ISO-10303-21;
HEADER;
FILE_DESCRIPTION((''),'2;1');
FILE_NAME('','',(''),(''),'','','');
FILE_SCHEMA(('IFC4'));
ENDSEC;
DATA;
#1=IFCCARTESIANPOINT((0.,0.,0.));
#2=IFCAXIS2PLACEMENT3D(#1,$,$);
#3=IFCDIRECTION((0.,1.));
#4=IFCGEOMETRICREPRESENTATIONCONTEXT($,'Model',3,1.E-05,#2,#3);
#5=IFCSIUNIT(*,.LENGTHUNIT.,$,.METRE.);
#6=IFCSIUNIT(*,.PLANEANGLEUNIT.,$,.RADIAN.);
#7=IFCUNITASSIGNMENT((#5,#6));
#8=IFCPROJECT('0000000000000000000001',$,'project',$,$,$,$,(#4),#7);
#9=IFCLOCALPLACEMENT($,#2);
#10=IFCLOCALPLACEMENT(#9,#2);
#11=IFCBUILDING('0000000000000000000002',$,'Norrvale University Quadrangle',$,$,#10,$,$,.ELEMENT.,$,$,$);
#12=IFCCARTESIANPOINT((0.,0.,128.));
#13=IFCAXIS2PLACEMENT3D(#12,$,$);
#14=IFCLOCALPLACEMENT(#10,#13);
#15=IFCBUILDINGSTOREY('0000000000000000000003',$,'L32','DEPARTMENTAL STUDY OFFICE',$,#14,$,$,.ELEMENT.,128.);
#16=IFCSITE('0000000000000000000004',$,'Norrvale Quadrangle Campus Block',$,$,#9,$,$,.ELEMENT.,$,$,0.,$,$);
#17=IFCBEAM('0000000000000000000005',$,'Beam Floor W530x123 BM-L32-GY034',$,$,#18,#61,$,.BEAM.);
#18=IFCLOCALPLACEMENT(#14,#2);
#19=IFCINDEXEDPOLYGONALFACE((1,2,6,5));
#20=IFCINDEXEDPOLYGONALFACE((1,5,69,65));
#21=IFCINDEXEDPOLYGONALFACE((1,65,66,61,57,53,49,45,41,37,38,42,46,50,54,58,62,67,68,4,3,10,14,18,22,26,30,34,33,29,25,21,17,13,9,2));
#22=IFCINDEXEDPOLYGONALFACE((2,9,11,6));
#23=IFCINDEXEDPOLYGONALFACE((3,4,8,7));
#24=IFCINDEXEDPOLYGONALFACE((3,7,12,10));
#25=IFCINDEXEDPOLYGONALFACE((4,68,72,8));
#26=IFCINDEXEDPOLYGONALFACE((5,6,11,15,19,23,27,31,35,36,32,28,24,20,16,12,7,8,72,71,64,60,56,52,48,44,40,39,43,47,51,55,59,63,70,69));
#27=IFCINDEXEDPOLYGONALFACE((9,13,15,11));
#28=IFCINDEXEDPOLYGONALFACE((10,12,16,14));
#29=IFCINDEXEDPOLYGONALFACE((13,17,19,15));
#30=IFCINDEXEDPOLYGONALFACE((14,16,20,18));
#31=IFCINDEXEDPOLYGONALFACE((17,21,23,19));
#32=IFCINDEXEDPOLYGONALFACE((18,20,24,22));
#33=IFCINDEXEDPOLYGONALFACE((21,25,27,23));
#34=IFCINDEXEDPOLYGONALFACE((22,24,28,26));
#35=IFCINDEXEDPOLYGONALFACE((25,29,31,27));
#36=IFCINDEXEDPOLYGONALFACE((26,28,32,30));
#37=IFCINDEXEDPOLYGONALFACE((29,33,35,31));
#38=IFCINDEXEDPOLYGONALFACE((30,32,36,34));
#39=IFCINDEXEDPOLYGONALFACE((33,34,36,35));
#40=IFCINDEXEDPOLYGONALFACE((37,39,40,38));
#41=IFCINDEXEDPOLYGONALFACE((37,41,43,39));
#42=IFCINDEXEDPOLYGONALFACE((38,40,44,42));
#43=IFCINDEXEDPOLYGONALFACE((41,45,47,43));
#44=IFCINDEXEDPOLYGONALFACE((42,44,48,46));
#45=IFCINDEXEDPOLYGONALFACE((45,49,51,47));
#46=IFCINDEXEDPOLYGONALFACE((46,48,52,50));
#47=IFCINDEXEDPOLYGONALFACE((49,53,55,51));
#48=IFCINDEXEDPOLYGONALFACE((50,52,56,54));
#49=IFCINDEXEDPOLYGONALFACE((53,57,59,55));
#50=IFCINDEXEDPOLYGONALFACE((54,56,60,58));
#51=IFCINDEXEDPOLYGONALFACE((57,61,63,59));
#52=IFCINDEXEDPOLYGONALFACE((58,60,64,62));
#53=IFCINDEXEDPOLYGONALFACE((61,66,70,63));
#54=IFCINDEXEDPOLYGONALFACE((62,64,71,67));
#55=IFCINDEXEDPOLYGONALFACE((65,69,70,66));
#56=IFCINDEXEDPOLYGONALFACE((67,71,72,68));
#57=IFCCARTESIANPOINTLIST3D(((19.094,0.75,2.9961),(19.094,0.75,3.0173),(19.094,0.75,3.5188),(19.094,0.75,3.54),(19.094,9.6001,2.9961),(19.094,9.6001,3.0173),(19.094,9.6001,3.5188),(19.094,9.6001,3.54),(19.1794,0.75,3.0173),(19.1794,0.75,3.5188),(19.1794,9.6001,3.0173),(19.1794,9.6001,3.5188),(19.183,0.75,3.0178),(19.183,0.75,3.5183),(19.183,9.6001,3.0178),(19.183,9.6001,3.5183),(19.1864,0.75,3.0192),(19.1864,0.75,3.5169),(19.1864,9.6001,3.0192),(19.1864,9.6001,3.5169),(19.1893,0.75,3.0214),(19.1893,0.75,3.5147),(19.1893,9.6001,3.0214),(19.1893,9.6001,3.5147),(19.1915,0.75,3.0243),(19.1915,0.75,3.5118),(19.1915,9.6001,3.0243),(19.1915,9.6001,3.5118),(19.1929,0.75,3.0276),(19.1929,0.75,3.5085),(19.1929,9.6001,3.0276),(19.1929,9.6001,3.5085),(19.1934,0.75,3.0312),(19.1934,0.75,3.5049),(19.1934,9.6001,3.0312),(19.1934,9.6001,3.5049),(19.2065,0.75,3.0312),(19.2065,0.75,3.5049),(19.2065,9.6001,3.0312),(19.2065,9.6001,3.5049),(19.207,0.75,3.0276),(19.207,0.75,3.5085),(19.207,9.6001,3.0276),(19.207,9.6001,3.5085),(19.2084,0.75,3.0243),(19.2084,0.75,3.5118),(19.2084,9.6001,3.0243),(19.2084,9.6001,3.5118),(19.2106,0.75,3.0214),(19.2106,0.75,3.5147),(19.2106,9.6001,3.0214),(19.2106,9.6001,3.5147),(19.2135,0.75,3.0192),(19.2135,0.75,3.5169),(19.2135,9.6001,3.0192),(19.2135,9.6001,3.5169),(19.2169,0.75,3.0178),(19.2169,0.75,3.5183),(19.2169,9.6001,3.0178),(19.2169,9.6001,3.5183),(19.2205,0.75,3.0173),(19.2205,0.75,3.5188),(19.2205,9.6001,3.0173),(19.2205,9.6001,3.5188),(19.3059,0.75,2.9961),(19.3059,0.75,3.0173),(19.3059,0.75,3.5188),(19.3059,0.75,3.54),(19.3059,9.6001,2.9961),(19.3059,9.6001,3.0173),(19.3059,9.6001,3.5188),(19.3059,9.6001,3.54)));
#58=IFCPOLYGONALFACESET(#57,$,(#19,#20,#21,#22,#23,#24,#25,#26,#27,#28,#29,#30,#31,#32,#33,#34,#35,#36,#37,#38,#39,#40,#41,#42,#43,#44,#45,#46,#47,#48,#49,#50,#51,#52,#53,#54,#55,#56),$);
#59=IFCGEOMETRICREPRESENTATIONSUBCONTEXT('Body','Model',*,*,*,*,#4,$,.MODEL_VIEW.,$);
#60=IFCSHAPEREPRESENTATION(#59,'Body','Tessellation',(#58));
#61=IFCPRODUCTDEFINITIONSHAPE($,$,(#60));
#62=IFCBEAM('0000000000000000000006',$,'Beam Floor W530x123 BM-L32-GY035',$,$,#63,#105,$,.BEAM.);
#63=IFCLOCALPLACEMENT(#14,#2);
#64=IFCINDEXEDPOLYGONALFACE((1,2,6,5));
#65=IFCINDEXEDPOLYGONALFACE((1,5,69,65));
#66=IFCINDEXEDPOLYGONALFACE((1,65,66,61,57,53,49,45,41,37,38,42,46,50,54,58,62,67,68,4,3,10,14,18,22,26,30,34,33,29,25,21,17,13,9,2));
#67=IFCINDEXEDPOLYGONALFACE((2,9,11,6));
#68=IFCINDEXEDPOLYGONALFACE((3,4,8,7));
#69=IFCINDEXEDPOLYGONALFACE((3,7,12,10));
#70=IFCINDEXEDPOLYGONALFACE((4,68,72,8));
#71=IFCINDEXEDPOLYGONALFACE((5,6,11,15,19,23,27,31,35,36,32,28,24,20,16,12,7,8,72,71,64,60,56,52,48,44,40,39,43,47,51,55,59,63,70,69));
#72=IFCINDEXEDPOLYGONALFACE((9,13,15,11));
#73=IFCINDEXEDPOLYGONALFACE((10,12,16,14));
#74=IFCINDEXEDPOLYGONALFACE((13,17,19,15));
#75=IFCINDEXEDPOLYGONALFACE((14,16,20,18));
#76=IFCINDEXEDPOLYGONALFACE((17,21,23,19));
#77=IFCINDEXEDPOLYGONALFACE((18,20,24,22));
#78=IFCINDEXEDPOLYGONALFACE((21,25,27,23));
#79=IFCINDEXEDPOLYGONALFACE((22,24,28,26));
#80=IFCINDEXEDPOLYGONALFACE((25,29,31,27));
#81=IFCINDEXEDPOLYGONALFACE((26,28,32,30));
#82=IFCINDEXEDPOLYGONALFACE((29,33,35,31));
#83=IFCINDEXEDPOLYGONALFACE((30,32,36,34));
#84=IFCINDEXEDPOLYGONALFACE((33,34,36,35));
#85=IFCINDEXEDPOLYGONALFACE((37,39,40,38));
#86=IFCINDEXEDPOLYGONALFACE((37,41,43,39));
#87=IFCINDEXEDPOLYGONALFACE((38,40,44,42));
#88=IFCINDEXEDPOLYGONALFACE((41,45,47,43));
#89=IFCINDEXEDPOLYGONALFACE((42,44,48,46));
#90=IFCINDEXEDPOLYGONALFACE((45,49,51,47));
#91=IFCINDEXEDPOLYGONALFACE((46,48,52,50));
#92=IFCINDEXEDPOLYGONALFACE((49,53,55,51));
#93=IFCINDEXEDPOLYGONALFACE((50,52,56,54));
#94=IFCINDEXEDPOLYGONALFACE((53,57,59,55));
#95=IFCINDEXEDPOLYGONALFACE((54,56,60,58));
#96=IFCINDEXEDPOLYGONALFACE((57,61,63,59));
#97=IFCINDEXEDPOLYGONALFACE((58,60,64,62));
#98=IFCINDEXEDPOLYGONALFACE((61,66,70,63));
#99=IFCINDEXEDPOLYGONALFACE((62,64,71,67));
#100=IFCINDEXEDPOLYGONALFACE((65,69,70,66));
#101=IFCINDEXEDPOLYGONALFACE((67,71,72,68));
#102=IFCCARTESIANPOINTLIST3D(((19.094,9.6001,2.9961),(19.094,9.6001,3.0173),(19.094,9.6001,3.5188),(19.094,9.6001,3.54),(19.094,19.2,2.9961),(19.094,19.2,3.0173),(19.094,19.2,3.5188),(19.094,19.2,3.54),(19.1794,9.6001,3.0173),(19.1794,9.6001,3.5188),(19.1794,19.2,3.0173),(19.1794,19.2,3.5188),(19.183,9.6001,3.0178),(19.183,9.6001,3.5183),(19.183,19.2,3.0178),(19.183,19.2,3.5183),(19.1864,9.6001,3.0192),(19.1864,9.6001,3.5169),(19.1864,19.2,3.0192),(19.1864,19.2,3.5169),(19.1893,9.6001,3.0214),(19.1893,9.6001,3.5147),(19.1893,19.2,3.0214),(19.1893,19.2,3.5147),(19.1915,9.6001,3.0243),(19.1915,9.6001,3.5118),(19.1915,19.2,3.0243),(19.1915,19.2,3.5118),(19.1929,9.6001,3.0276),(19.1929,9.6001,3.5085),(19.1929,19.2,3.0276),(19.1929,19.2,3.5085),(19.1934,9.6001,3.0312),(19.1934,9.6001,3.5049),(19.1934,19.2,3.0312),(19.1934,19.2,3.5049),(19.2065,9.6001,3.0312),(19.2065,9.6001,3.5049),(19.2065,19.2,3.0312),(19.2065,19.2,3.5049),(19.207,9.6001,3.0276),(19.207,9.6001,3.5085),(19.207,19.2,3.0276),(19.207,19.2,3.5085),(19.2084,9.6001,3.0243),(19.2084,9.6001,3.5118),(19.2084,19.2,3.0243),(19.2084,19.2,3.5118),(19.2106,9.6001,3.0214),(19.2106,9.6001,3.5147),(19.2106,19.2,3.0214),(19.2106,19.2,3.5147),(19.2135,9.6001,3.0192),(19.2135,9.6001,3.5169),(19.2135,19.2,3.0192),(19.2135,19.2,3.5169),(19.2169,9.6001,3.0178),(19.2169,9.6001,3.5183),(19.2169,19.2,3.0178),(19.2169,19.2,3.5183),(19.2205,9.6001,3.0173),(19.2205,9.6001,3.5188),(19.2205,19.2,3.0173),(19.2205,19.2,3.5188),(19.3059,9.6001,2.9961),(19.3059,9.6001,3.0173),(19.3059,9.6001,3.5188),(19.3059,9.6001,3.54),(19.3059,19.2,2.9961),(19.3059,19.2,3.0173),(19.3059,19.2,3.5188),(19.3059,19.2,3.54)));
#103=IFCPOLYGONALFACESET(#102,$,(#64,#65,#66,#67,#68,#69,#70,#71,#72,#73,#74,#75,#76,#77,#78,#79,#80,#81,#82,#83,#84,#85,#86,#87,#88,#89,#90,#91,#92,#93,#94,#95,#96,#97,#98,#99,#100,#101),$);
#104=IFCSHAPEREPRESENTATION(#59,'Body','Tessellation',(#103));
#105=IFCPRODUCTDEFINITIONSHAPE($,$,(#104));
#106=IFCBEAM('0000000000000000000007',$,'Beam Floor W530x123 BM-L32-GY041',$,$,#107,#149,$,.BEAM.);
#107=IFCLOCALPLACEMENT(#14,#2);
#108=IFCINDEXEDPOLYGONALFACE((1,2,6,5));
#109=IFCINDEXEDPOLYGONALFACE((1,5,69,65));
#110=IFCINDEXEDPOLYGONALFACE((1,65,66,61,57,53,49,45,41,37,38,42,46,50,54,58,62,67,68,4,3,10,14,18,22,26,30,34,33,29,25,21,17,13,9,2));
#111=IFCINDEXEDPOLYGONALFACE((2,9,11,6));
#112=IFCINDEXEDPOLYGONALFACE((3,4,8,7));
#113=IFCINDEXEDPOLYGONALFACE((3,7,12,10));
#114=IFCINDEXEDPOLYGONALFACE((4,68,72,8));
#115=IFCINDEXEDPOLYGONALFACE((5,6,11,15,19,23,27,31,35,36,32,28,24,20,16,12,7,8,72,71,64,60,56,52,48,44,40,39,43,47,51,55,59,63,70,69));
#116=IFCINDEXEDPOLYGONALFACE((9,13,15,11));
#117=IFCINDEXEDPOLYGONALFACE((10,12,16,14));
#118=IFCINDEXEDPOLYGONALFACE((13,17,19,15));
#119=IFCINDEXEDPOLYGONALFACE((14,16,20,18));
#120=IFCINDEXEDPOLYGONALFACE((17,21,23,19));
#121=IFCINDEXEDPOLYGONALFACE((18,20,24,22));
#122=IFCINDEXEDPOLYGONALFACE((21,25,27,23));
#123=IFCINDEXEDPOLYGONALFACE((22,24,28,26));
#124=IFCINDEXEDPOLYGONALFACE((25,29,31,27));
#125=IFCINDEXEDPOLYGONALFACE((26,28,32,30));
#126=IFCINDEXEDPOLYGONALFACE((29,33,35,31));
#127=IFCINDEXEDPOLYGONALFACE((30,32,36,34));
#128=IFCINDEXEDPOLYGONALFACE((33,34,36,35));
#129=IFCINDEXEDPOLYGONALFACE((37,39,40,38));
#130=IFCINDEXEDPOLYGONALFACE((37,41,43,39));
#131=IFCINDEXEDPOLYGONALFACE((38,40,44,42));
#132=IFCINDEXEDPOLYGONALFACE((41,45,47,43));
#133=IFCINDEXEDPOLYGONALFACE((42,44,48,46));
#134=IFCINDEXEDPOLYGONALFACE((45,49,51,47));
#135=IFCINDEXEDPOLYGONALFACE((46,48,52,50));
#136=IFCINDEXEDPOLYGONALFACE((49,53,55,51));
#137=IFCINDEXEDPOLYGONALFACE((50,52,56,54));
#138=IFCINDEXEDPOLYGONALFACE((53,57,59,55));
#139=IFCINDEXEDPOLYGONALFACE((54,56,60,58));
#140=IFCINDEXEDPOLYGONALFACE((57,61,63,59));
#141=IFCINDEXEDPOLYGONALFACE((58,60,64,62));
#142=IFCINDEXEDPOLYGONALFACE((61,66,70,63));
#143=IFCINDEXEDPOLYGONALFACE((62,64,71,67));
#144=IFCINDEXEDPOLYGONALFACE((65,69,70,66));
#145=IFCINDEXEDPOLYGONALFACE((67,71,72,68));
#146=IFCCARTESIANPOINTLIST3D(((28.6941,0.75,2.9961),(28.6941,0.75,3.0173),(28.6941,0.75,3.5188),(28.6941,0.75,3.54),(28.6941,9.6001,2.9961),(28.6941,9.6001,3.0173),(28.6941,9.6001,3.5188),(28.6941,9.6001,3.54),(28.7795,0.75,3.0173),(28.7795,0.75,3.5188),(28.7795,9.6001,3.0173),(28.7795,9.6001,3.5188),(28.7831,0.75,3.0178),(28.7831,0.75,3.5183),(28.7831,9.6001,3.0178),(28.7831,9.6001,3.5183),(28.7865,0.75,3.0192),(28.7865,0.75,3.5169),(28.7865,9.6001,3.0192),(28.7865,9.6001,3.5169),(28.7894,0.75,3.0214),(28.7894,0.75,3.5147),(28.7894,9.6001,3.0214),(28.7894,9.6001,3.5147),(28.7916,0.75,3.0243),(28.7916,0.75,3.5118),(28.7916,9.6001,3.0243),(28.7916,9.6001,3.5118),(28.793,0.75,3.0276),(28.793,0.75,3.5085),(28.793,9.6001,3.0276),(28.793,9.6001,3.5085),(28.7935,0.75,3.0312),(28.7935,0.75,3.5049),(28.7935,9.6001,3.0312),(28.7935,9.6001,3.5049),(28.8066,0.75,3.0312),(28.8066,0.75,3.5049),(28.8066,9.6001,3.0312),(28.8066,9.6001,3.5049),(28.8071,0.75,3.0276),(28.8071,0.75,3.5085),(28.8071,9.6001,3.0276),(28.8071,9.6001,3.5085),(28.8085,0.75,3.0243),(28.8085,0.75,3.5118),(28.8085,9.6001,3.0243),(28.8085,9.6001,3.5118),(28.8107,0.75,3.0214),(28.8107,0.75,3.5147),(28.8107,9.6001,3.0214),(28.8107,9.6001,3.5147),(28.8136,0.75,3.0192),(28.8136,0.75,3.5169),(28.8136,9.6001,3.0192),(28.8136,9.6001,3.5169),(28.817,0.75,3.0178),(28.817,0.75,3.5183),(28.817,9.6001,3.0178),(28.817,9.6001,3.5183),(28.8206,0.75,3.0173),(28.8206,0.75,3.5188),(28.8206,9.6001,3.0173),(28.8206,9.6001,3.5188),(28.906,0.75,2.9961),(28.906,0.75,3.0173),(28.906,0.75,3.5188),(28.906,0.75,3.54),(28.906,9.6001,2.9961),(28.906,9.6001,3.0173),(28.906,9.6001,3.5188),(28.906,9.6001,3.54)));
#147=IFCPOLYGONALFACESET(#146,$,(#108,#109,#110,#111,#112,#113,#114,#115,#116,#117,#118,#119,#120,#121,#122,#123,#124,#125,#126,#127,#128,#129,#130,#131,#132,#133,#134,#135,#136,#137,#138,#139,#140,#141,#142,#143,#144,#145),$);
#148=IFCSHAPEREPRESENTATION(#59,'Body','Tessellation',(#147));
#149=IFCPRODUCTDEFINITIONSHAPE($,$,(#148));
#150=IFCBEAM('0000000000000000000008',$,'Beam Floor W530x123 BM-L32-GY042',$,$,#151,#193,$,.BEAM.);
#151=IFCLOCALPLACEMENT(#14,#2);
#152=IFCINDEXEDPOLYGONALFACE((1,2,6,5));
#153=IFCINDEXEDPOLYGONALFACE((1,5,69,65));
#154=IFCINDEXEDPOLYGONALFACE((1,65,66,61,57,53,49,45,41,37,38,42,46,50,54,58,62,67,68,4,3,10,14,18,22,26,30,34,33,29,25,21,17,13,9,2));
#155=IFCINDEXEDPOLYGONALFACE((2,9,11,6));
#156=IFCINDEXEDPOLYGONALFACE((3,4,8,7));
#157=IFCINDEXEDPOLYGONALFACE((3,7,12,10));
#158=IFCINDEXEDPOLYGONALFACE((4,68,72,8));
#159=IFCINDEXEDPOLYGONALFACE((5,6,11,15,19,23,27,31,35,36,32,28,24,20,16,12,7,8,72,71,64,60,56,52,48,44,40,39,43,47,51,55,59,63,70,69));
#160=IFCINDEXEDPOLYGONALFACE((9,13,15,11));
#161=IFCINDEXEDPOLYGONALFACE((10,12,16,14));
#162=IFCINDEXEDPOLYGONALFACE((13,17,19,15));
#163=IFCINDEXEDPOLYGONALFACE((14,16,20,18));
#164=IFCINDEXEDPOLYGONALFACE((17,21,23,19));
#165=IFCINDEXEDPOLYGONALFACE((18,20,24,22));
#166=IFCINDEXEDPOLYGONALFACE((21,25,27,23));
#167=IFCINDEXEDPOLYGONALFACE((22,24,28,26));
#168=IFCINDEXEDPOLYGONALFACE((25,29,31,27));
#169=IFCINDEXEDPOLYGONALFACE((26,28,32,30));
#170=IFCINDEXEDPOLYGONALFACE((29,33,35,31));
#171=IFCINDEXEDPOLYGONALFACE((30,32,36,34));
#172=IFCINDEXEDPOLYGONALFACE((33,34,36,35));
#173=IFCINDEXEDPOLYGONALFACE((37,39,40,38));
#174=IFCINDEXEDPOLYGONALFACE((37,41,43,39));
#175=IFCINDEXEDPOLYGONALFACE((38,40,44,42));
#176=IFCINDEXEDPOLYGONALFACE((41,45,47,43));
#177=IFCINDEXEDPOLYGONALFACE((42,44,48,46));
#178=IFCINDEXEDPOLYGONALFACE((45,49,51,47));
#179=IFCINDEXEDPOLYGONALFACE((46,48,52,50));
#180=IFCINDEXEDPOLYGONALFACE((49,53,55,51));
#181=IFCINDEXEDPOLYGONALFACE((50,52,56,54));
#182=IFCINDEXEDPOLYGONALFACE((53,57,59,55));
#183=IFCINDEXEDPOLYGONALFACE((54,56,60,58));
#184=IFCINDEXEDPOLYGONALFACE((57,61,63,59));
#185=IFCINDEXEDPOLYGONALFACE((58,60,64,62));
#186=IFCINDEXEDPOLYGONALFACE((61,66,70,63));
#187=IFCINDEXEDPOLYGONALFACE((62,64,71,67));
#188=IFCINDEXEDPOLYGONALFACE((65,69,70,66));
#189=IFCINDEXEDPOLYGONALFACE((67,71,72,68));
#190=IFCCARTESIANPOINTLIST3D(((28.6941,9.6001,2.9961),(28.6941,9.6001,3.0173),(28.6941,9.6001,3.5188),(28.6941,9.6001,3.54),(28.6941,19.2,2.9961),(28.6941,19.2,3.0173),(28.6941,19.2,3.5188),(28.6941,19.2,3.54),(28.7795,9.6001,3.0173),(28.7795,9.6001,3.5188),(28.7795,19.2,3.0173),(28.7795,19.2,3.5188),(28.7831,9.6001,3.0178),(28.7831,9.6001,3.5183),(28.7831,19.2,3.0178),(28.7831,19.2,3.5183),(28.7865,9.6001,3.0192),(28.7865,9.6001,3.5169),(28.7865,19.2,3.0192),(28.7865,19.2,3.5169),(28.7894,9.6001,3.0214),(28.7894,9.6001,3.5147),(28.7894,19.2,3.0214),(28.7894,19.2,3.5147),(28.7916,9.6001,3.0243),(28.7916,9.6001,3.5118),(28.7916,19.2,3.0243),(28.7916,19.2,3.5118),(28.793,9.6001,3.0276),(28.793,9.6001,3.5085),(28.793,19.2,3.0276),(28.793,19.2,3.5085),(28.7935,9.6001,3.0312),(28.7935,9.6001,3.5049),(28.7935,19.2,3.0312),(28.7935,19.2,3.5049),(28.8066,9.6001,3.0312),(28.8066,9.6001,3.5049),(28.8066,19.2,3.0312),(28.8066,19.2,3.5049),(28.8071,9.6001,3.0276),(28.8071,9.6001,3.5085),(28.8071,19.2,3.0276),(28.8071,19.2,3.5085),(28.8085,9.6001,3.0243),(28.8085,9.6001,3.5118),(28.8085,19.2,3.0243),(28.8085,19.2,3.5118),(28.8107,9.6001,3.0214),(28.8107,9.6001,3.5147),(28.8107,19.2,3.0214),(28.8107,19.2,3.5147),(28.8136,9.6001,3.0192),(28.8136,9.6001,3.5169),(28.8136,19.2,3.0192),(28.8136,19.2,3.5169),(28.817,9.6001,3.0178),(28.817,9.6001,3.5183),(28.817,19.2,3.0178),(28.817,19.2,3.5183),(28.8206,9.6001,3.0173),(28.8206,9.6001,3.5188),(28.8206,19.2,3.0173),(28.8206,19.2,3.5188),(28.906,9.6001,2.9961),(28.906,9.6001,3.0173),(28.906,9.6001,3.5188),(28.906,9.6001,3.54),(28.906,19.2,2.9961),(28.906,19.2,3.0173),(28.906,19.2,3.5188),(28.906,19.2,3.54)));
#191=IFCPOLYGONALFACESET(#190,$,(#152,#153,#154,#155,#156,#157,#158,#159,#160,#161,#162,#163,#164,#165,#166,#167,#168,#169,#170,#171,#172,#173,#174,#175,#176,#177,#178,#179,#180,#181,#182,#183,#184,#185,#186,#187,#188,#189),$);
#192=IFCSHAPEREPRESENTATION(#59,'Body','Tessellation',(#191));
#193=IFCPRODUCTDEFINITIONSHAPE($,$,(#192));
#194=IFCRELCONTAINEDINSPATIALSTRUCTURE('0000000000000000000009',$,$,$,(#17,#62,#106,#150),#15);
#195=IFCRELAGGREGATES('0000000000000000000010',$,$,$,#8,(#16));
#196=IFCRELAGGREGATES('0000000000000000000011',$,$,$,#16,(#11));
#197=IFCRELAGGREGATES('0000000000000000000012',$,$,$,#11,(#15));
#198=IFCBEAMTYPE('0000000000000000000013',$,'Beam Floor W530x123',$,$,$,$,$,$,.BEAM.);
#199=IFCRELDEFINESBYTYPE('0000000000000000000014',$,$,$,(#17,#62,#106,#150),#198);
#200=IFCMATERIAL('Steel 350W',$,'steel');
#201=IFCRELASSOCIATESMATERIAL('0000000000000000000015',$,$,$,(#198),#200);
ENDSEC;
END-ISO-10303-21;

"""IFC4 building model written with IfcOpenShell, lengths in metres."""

from ifc_helpers import new_model, si_unit, direction, frame, origin, origin_2d, place, context, subcontext, project, spatial, i_section, extrude, material, material_profile, profile_set, type_object, element, save


model = new_model("IFC4")

# Units and contexts
model_context = context("Model", 3, precision=1e-05, world=origin(), true_north=direction((0.0, 1.0)))
body_context = subcontext(model_context, "Body", "Model", "MODEL_VIEW")
ifc_project = project(units=[si_unit("LENGTHUNIT", "METRE"), si_unit("PLANEANGLEUNIT", "RADIAN")], contexts=[model_context])

# Site, building, storey
site_placement = place(None, origin())
site = spatial("IfcSite", under=ifc_project, at=site_placement, Name="Norrvale Quadrangle Campus Block", CompositionType="ELEMENT", RefElevation=0.0)
building_placement = place(site_placement, origin())
building = spatial("IfcBuilding", under=site, at=building_placement, Name="Norrvale University Quadrangle", CompositionType="ELEMENT")
storey_placement = place(building_placement, frame((0.0, 0.0, 128.0)))
storey = spatial("IfcBuildingStorey", under=building, at=storey_placement, Name="L32", Description="DEPARTMENTAL STUDY OFFICE", CompositionType="ELEMENT", Elevation=128.0)

# Beams
ifc_material_1 = material(Name="Steel 350W", Category="steel")
ifc_material_profile_1 = material_profile(ifc_material_1, i_section(OverallWidth=0.2119, OverallDepth=0.5439, WebThickness=0.0132, FlangeThickness=0.0212, FilletRadius=0.0139, at=origin_2d()), Name="Steel 350W")
ifc_profile_set_1 = profile_set([ifc_material_profile_1], Name="Steel 350W")
beam_type_1 = type_object("IfcBeamType", Name="Beam Floor W530x123", PredefinedType="BEAM", material=ifc_profile_set_1)
beam_1_placement = place(storey_placement, frame((19.2, 0.75, 3.2681), z_axis=(0.0, 1.0, 0.0), x_axis=(-1.0, 0.0, 0.0)))
element("IfcBeam", 1, at=beam_1_placement, inside=storey, type_object=beam_type_1, Name="Beam Floor W530x123 BM-L32-GY034", PredefinedType="BEAM", context=body_context, shape_type="SweptSolid", body=[
    extrude(i_section(OverallWidth=0.2119, OverallDepth=0.5439, WebThickness=0.0132, FlangeThickness=0.0212, FilletRadius=0.0139, at=origin_2d()), origin(), (0.0, 0.0, 1.0), 8.8501),
])
beam_2_placement = place(storey_placement, frame((19.2, 9.6001, 3.2681), z_axis=(0.0, 1.0, 0.0), x_axis=(-1.0, 0.0, 0.0)))
element("IfcBeam", 2, at=beam_2_placement, inside=storey, type_object=beam_type_1, Name="Beam Floor W530x123 BM-L32-GY035", PredefinedType="BEAM", context=body_context, shape_type="SweptSolid", body=[
    extrude(i_section(OverallWidth=0.2119, OverallDepth=0.5439, WebThickness=0.0132, FlangeThickness=0.0212, FilletRadius=0.0139, at=origin_2d()), origin(), (0.0, 0.0, 1.0), 9.5999),
])
beam_3_placement = place(storey_placement, frame((28.8, 0.75, 3.2681), z_axis=(0.0, 1.0, 0.0), x_axis=(-1.0, 0.0, 0.0)))
element("IfcBeam", 3, at=beam_3_placement, inside=storey, type_object=beam_type_1, Name="Beam Floor W530x123 BM-L32-GY041", PredefinedType="BEAM", context=body_context, shape_type="SweptSolid", body=[
    extrude(i_section(OverallWidth=0.2119, OverallDepth=0.5439, WebThickness=0.0132, FlangeThickness=0.0212, FilletRadius=0.0139, at=origin_2d()), origin(), (0.0, 0.0, 1.0), 8.8501),
])
beam_4_placement = place(storey_placement, frame((28.8, 9.6001, 3.2681), z_axis=(0.0, 1.0, 0.0), x_axis=(-1.0, 0.0, 0.0)))
element("IfcBeam", 4, at=beam_4_placement, inside=storey, type_object=beam_type_1, Name="Beam Floor W530x123 BM-L32-GY042", PredefinedType="BEAM", context=body_context, shape_type="SweptSolid", body=[
    extrude(i_section(OverallWidth=0.2119, OverallDepth=0.5439, WebThickness=0.0132, FlangeThickness=0.0212, FilletRadius=0.0139, at=origin_2d()), origin(), (0.0, 0.0, 1.0), 9.5999),
])

save(model, "model.ifc")
